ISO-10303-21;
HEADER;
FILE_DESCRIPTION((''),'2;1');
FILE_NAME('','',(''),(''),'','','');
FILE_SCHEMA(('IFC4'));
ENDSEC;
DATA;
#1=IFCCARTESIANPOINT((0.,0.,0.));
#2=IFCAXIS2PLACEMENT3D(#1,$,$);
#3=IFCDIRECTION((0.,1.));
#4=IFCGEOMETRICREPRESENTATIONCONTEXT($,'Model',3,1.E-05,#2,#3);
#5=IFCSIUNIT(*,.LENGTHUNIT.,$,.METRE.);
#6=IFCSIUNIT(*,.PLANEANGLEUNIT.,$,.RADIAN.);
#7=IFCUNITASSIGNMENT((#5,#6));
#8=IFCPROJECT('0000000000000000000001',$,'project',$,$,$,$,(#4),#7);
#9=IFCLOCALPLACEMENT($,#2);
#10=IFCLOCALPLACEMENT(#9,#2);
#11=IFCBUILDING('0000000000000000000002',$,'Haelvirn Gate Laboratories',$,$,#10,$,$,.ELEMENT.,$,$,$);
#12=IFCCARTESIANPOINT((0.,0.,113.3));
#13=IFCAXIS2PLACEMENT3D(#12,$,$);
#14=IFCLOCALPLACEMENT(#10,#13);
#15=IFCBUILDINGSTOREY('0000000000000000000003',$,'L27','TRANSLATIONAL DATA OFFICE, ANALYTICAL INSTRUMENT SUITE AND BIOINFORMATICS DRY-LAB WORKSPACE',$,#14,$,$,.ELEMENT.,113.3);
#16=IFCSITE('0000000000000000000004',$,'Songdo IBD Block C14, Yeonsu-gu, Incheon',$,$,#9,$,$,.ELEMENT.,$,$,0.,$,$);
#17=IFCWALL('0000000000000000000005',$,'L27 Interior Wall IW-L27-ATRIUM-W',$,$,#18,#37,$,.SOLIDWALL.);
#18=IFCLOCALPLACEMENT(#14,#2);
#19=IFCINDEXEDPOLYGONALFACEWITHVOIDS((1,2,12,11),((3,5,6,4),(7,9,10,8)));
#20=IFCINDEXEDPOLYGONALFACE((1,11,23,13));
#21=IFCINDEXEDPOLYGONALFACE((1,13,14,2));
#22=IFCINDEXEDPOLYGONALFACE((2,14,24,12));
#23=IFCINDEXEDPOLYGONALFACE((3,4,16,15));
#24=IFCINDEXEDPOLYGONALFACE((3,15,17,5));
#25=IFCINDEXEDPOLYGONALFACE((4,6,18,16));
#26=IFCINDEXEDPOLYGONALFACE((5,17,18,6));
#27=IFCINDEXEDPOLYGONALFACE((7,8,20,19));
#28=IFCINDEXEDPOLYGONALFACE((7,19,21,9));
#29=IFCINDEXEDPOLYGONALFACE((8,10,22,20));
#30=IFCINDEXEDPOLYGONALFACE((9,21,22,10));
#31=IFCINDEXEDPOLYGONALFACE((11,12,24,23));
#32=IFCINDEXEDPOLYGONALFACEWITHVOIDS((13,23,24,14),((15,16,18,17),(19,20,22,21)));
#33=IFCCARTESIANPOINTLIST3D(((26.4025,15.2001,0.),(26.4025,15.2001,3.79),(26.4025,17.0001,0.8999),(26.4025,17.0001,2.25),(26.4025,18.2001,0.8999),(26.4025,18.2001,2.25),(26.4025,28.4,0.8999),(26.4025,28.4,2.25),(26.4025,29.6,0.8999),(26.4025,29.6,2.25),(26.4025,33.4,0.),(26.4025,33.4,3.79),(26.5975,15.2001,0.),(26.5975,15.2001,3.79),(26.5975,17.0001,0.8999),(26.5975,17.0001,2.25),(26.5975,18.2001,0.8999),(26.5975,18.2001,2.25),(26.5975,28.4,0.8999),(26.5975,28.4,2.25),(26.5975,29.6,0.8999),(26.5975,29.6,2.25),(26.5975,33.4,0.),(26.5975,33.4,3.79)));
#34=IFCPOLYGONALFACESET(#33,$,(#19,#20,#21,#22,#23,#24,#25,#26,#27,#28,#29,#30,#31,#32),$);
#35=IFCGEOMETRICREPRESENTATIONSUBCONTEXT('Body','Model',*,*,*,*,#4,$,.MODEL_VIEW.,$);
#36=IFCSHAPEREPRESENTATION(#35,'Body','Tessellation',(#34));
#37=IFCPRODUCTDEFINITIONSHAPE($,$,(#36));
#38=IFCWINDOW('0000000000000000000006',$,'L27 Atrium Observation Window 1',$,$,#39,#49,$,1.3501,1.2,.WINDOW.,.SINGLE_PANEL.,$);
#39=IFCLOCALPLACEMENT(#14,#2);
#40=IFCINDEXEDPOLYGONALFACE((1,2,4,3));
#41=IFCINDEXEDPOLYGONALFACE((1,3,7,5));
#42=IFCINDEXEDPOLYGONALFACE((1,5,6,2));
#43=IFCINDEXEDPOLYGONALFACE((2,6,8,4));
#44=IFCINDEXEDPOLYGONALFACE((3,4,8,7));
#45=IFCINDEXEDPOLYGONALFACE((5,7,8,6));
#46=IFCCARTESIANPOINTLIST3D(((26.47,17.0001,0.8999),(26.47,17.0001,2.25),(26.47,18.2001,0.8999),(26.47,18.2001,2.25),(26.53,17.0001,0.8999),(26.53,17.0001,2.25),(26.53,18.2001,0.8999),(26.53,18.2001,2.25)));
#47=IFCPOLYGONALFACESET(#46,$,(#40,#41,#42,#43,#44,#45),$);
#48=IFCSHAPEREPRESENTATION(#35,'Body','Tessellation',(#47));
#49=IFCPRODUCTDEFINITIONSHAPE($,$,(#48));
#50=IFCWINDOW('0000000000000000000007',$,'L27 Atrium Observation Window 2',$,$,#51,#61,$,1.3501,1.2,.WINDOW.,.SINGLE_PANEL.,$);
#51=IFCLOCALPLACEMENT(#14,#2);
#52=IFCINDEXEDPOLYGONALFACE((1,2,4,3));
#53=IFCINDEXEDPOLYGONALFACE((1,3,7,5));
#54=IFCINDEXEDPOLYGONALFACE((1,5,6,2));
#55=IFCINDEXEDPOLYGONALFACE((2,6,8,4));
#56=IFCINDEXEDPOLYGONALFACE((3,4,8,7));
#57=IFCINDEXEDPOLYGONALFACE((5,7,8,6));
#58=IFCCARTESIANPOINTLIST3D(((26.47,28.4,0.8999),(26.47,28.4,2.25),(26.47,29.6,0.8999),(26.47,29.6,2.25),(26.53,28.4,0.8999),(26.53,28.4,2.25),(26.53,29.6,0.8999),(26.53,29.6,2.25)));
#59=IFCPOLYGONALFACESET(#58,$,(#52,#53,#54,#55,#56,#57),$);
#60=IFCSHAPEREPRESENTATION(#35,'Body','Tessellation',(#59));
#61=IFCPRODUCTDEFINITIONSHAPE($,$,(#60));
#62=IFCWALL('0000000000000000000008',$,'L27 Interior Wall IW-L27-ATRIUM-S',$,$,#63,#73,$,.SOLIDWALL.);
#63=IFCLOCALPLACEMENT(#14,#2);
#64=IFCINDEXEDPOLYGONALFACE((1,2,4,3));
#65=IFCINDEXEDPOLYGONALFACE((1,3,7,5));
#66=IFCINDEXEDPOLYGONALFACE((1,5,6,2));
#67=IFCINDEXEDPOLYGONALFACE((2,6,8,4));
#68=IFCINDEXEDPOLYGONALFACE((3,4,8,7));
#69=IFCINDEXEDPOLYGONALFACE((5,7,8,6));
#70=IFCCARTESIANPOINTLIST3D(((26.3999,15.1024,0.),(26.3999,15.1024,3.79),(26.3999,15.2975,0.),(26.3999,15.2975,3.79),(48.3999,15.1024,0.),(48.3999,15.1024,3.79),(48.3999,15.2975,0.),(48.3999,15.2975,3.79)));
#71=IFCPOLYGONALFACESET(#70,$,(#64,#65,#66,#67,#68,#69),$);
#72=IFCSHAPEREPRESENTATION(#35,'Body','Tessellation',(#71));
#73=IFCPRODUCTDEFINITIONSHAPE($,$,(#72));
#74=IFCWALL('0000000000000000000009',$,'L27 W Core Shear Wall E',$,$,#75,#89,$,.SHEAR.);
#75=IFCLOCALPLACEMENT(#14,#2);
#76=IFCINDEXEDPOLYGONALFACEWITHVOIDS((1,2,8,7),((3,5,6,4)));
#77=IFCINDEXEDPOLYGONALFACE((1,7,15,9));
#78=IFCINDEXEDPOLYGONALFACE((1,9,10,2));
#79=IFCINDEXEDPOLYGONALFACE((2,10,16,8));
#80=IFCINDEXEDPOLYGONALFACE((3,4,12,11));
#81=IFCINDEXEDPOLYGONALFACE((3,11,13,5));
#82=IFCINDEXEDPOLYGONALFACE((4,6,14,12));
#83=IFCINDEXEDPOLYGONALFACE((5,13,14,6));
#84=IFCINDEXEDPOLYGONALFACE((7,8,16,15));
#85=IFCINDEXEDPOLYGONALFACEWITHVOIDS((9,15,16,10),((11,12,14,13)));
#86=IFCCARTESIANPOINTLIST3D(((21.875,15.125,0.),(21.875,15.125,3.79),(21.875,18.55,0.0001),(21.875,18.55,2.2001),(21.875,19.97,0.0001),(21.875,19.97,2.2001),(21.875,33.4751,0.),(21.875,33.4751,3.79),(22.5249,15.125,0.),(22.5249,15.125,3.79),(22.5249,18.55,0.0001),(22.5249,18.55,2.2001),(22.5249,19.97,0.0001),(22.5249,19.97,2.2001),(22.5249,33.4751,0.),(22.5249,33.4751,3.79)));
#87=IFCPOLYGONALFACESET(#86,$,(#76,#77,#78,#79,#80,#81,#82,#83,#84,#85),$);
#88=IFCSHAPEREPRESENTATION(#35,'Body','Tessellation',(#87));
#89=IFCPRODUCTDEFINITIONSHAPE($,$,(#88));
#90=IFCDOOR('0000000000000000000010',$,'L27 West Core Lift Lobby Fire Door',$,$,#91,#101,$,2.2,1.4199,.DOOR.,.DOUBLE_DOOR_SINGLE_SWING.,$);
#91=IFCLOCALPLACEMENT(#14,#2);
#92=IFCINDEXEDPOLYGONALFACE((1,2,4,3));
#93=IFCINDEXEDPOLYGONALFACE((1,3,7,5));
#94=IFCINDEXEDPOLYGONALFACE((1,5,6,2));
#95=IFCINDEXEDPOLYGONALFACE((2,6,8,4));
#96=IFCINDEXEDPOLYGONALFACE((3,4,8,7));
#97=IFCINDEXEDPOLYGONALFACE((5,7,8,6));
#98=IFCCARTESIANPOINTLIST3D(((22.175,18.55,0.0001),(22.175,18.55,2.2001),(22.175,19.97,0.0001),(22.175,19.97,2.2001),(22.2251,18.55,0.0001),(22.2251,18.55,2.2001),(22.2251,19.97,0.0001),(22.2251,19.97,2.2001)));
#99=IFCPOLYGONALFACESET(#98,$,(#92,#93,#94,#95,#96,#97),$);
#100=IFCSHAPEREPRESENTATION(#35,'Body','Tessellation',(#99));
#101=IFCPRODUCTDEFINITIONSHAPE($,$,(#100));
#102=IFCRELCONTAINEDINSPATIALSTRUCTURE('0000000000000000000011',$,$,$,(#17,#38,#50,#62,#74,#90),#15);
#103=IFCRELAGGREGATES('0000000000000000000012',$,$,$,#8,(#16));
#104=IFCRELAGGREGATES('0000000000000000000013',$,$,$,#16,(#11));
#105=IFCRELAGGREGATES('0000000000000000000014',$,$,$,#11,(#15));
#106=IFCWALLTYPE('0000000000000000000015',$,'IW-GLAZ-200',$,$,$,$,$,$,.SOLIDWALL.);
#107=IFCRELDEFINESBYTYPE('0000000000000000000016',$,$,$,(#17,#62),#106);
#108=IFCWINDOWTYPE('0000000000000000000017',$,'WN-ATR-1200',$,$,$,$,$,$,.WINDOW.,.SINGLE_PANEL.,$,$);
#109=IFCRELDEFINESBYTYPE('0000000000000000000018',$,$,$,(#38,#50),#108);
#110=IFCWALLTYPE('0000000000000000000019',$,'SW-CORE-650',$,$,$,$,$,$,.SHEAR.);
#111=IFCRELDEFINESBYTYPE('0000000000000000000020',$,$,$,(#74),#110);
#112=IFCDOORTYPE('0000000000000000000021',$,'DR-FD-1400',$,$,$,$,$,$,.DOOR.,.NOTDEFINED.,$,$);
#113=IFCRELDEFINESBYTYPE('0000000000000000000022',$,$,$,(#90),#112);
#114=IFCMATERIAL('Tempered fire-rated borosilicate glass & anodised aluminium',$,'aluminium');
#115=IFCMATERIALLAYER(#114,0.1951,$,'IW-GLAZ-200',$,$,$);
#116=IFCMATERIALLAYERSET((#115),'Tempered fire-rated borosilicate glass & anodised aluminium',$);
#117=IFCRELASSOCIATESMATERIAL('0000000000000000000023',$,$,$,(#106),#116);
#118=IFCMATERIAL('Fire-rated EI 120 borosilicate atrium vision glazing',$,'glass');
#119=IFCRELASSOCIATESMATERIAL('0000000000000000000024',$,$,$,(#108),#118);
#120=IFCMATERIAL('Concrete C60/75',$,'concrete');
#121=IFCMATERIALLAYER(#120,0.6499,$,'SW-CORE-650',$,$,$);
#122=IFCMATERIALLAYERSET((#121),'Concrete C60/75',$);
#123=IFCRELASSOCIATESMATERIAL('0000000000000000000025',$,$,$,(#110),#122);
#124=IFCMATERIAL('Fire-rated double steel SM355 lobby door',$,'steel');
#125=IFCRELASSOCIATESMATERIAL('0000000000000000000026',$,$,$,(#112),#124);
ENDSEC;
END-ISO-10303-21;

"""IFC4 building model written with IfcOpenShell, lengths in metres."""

from ifc_helpers import new_model, si_unit, direction, frame, frame_2d, origin, place, context, subcontext, project, spatial, rectangle, extrude, source, transform, mapped, material, layer, layer_set, type_object, type_shapes, element, fill, save


model = new_model("IFC4")

# Units and contexts
model_context = context("Model", 3, precision=1e-05, world=origin(), true_north=direction((0.0, 1.0)))
body_context = subcontext(model_context, "Body", "Model", "MODEL_VIEW")
ifc_project = project(units=[si_unit("LENGTHUNIT", "METRE"), si_unit("PLANEANGLEUNIT", "RADIAN")], contexts=[model_context])

# Site, building, storey
site_placement = place(None, origin())
site = spatial("IfcSite", under=ifc_project, at=site_placement, Name="Songdo IBD Block C14, Yeonsu-gu, Incheon", CompositionType="ELEMENT", RefElevation=0.0)
building_placement = place(site_placement, origin())
building = spatial("IfcBuilding", under=site, at=building_placement, Name="Haelvirn Gate Laboratories", CompositionType="ELEMENT")
storey_placement = place(building_placement, frame((0.0, 0.0, 113.3)))
storey = spatial("IfcBuildingStorey", under=building, at=storey_placement, Name="L27", Description="TRANSLATIONAL DATA OFFICE, ANALYTICAL INSTRUMENT SUITE AND BIOINFORMATICS DRY-LAB WORKSPACE", CompositionType="ELEMENT", Elevation=113.3)

# Shared definitions
ifc_material_1 = material(Name="Concrete C60/75", Category="concrete")

# Wall, openings, windows
ifc_material_2 = material(Name="Tempered fire-rated borosilicate glass & anodised aluminium", Category="aluminium")
ifc_layer_1 = layer(ifc_material_2, 0.1951, Name="IW-GLAZ-200")
ifc_layer_set_1 = layer_set([ifc_layer_1], Name="Tempered fire-rated borosilicate glass & anodised aluminium")
wall_type_1 = type_object("IfcWallType", Name="IW-GLAZ-200", PredefinedType="SOLIDWALL", material=ifc_layer_set_1)
wall_1_placement = place(storey_placement, frame((26.5, 15.2, 0.0), z_axis=(0.0, 0.0, 1.0), x_axis=(0.0, 1.0, 0.0)))
wall_1 = element("IfcWall", 1, at=wall_1_placement, inside=storey, type_object=wall_type_1, Name="L27 Interior Wall IW-L27-ATRIUM-W", PredefinedType="SOLIDWALL", context=body_context, shape_type="SweptSolid", body=[
    extrude(rectangle(XDim=18.2, YDim=0.1951, at=frame_2d((9.1001, 0.0))), origin(), (0.0, 0.0, 1.0), 3.79),
])
opening_1_placement = place(wall_1_placement, frame((1.8, 0.0, 0.8999)))
opening_1 = element("IfcOpeningElement", 2, at=opening_1_placement, cuts=wall_1, PredefinedType="OPENING", context=body_context, shape_type="SweptSolid", body=[
    extrude(rectangle(XDim=1.2, YDim=1.3501, at=frame_2d((0.6001, 0.675))), frame((0.0, 0.1074, 0.0), z_axis=(0.0, -1.0, 0.0), x_axis=(1.0, 0.0, 0.0)), (0.0, 0.0, 1.0), 0.2151),
])
opening_2_placement = place(wall_1_placement, frame((13.2, 0.0, 0.8999)))
opening_2 = element("IfcOpeningElement", 3, at=opening_2_placement, cuts=wall_1, PredefinedType="OPENING", context=body_context, shape_type="SweptSolid", body=[
    extrude(rectangle(XDim=1.2, YDim=1.3501, at=frame_2d((0.6001, 0.675))), frame((0.0, 0.1074, 0.0), z_axis=(0.0, -1.0, 0.0), x_axis=(1.0, 0.0, 0.0)), (0.0, 0.0, 1.0), 0.2151),
])
ifc_material_3 = material(Name="Fire-rated EI 120 borosilicate atrium vision glazing", Category="glass")
window_type = type_object("IfcWindowType", Name="WN-ATR-1200", PartitioningType="SINGLE_PANEL", PredefinedType="WINDOW", material=ifc_material_3)
shared_shape_1 = source(origin(), body_context, "Body", "SweptSolid", [
    extrude(rectangle(XDim=1.2, YDim=1.3501, at=frame_2d((0.6001, 0.675))), frame((0.0, 0.03, 0.0), z_axis=(0.0, -1.0, 0.0), x_axis=(1.0, 0.0, 0.0)), (0.0, 0.0, 1.0), 0.0601),
])
type_shapes(window_type, [shared_shape_1])
window_1_placement = place(opening_1_placement, origin())
window_1 = element("IfcWindow", 4, at=window_1_placement, inside=storey, type_object=window_type, Name="L27 Atrium Observation Window 1", OverallHeight=1.3501, OverallWidth=1.2, PartitioningType="SINGLE_PANEL", PredefinedType="WINDOW", context=body_context, shape_type="MappedRepresentation", body=[
    mapped(shared_shape_1, transform((0.0, 0.0, 0.0), scale=1.0)),
])
fill(opening_1, window_1)
window_2_placement = place(opening_2_placement, origin())
window_2 = element("IfcWindow", 5, at=window_2_placement, inside=storey, type_object=window_type, Name="L27 Atrium Observation Window 2", OverallHeight=1.3501, OverallWidth=1.2, PartitioningType="SINGLE_PANEL", PredefinedType="WINDOW", context=body_context, shape_type="MappedRepresentation", body=[
    mapped(shared_shape_1, transform((0.0, 0.0, 0.0), scale=1.0)),
])
fill(opening_2, window_2)

# Wall
wall_2_placement = place(storey_placement, frame((26.3999, 15.2, 0.0), z_axis=(0.0, 0.0, 1.0), x_axis=(1.0, 0.0, 0.0)))
element("IfcWall", 6, at=wall_2_placement, inside=storey, type_object=wall_type_1, Name="L27 Interior Wall IW-L27-ATRIUM-S", PredefinedType="SOLIDWALL", context=body_context, shape_type="SweptSolid", body=[
    extrude(rectangle(XDim=22.0, YDim=0.1951, at=frame_2d((11.0, 0.0))), origin(), (0.0, 0.0, 1.0), 3.79),
])

# Wall, opening, door
ifc_layer_2 = layer(ifc_material_1, 0.6499, Name="SW-CORE-650")
ifc_layer_set_2 = layer_set([ifc_layer_2], Name="Concrete C60/75")
wall_type_2 = type_object("IfcWallType", Name="SW-CORE-650", PredefinedType="SHEAR", material=ifc_layer_set_2)
wall_3_placement = place(storey_placement, frame((22.2, 15.125, 0.0), z_axis=(0.0, 0.0, 1.0), x_axis=(0.0, 1.0, 0.0)))
wall_3 = element("IfcWall", 7, at=wall_3_placement, inside=storey, type_object=wall_type_2, Name="L27 W Core Shear Wall E", PredefinedType="SHEAR", context=body_context, shape_type="SweptSolid", body=[
    extrude(rectangle(XDim=18.3501, YDim=0.6499, at=frame_2d((9.175, 0.0))), origin(), (0.0, 0.0, 1.0), 3.79),
])
opening_3_placement = place(wall_3_placement, frame((3.425, 0.0, 0.0)))
opening_3 = element("IfcOpeningElement", 8, at=opening_3_placement, cuts=wall_3, PredefinedType="OPENING", context=body_context, shape_type="SweptSolid", body=[
    extrude(rectangle(XDim=1.4199, YDim=2.2, at=frame_2d((0.71, 1.1001))), frame((0.0, 0.335, 0.0), z_axis=(0.0, -1.0, 0.0), x_axis=(1.0, 0.0, 0.0)), (0.0, 0.0, 1.0), 0.6699),
])
ifc_material_4 = material(Name="Fire-rated double steel SM355 lobby door", Category="steel")
door_type = type_object("IfcDoorType", Name="DR-FD-1400", OperationType="NOTDEFINED", PredefinedType="DOOR", material=ifc_material_4)
shared_shape_2 = source(origin(), body_context, "Body", "SweptSolid", [
    extrude(rectangle(XDim=1.4199, YDim=2.2, at=frame_2d((0.71, 1.1001))), frame((0.0, 0.0249, 0.0), z_axis=(0.0, -1.0, 0.0), x_axis=(1.0, 0.0, 0.0)), (0.0, 0.0, 1.0), 0.05),
])
type_shapes(door_type, [shared_shape_2])
door_placement = place(opening_3_placement, origin())
door = element("IfcDoor", 9, at=door_placement, inside=storey, type_object=door_type, Name="L27 West Core Lift Lobby Fire Door", OperationType="DOUBLE_DOOR_SINGLE_SWING", OverallHeight=2.2, OverallWidth=1.4199, PredefinedType="DOOR", context=body_context, shape_type="MappedRepresentation", body=[
    mapped(shared_shape_2, transform((0.0, 0.0, 0.0), scale=1.0)),
])
fill(opening_3, door)

save(model, "model.ifc")
